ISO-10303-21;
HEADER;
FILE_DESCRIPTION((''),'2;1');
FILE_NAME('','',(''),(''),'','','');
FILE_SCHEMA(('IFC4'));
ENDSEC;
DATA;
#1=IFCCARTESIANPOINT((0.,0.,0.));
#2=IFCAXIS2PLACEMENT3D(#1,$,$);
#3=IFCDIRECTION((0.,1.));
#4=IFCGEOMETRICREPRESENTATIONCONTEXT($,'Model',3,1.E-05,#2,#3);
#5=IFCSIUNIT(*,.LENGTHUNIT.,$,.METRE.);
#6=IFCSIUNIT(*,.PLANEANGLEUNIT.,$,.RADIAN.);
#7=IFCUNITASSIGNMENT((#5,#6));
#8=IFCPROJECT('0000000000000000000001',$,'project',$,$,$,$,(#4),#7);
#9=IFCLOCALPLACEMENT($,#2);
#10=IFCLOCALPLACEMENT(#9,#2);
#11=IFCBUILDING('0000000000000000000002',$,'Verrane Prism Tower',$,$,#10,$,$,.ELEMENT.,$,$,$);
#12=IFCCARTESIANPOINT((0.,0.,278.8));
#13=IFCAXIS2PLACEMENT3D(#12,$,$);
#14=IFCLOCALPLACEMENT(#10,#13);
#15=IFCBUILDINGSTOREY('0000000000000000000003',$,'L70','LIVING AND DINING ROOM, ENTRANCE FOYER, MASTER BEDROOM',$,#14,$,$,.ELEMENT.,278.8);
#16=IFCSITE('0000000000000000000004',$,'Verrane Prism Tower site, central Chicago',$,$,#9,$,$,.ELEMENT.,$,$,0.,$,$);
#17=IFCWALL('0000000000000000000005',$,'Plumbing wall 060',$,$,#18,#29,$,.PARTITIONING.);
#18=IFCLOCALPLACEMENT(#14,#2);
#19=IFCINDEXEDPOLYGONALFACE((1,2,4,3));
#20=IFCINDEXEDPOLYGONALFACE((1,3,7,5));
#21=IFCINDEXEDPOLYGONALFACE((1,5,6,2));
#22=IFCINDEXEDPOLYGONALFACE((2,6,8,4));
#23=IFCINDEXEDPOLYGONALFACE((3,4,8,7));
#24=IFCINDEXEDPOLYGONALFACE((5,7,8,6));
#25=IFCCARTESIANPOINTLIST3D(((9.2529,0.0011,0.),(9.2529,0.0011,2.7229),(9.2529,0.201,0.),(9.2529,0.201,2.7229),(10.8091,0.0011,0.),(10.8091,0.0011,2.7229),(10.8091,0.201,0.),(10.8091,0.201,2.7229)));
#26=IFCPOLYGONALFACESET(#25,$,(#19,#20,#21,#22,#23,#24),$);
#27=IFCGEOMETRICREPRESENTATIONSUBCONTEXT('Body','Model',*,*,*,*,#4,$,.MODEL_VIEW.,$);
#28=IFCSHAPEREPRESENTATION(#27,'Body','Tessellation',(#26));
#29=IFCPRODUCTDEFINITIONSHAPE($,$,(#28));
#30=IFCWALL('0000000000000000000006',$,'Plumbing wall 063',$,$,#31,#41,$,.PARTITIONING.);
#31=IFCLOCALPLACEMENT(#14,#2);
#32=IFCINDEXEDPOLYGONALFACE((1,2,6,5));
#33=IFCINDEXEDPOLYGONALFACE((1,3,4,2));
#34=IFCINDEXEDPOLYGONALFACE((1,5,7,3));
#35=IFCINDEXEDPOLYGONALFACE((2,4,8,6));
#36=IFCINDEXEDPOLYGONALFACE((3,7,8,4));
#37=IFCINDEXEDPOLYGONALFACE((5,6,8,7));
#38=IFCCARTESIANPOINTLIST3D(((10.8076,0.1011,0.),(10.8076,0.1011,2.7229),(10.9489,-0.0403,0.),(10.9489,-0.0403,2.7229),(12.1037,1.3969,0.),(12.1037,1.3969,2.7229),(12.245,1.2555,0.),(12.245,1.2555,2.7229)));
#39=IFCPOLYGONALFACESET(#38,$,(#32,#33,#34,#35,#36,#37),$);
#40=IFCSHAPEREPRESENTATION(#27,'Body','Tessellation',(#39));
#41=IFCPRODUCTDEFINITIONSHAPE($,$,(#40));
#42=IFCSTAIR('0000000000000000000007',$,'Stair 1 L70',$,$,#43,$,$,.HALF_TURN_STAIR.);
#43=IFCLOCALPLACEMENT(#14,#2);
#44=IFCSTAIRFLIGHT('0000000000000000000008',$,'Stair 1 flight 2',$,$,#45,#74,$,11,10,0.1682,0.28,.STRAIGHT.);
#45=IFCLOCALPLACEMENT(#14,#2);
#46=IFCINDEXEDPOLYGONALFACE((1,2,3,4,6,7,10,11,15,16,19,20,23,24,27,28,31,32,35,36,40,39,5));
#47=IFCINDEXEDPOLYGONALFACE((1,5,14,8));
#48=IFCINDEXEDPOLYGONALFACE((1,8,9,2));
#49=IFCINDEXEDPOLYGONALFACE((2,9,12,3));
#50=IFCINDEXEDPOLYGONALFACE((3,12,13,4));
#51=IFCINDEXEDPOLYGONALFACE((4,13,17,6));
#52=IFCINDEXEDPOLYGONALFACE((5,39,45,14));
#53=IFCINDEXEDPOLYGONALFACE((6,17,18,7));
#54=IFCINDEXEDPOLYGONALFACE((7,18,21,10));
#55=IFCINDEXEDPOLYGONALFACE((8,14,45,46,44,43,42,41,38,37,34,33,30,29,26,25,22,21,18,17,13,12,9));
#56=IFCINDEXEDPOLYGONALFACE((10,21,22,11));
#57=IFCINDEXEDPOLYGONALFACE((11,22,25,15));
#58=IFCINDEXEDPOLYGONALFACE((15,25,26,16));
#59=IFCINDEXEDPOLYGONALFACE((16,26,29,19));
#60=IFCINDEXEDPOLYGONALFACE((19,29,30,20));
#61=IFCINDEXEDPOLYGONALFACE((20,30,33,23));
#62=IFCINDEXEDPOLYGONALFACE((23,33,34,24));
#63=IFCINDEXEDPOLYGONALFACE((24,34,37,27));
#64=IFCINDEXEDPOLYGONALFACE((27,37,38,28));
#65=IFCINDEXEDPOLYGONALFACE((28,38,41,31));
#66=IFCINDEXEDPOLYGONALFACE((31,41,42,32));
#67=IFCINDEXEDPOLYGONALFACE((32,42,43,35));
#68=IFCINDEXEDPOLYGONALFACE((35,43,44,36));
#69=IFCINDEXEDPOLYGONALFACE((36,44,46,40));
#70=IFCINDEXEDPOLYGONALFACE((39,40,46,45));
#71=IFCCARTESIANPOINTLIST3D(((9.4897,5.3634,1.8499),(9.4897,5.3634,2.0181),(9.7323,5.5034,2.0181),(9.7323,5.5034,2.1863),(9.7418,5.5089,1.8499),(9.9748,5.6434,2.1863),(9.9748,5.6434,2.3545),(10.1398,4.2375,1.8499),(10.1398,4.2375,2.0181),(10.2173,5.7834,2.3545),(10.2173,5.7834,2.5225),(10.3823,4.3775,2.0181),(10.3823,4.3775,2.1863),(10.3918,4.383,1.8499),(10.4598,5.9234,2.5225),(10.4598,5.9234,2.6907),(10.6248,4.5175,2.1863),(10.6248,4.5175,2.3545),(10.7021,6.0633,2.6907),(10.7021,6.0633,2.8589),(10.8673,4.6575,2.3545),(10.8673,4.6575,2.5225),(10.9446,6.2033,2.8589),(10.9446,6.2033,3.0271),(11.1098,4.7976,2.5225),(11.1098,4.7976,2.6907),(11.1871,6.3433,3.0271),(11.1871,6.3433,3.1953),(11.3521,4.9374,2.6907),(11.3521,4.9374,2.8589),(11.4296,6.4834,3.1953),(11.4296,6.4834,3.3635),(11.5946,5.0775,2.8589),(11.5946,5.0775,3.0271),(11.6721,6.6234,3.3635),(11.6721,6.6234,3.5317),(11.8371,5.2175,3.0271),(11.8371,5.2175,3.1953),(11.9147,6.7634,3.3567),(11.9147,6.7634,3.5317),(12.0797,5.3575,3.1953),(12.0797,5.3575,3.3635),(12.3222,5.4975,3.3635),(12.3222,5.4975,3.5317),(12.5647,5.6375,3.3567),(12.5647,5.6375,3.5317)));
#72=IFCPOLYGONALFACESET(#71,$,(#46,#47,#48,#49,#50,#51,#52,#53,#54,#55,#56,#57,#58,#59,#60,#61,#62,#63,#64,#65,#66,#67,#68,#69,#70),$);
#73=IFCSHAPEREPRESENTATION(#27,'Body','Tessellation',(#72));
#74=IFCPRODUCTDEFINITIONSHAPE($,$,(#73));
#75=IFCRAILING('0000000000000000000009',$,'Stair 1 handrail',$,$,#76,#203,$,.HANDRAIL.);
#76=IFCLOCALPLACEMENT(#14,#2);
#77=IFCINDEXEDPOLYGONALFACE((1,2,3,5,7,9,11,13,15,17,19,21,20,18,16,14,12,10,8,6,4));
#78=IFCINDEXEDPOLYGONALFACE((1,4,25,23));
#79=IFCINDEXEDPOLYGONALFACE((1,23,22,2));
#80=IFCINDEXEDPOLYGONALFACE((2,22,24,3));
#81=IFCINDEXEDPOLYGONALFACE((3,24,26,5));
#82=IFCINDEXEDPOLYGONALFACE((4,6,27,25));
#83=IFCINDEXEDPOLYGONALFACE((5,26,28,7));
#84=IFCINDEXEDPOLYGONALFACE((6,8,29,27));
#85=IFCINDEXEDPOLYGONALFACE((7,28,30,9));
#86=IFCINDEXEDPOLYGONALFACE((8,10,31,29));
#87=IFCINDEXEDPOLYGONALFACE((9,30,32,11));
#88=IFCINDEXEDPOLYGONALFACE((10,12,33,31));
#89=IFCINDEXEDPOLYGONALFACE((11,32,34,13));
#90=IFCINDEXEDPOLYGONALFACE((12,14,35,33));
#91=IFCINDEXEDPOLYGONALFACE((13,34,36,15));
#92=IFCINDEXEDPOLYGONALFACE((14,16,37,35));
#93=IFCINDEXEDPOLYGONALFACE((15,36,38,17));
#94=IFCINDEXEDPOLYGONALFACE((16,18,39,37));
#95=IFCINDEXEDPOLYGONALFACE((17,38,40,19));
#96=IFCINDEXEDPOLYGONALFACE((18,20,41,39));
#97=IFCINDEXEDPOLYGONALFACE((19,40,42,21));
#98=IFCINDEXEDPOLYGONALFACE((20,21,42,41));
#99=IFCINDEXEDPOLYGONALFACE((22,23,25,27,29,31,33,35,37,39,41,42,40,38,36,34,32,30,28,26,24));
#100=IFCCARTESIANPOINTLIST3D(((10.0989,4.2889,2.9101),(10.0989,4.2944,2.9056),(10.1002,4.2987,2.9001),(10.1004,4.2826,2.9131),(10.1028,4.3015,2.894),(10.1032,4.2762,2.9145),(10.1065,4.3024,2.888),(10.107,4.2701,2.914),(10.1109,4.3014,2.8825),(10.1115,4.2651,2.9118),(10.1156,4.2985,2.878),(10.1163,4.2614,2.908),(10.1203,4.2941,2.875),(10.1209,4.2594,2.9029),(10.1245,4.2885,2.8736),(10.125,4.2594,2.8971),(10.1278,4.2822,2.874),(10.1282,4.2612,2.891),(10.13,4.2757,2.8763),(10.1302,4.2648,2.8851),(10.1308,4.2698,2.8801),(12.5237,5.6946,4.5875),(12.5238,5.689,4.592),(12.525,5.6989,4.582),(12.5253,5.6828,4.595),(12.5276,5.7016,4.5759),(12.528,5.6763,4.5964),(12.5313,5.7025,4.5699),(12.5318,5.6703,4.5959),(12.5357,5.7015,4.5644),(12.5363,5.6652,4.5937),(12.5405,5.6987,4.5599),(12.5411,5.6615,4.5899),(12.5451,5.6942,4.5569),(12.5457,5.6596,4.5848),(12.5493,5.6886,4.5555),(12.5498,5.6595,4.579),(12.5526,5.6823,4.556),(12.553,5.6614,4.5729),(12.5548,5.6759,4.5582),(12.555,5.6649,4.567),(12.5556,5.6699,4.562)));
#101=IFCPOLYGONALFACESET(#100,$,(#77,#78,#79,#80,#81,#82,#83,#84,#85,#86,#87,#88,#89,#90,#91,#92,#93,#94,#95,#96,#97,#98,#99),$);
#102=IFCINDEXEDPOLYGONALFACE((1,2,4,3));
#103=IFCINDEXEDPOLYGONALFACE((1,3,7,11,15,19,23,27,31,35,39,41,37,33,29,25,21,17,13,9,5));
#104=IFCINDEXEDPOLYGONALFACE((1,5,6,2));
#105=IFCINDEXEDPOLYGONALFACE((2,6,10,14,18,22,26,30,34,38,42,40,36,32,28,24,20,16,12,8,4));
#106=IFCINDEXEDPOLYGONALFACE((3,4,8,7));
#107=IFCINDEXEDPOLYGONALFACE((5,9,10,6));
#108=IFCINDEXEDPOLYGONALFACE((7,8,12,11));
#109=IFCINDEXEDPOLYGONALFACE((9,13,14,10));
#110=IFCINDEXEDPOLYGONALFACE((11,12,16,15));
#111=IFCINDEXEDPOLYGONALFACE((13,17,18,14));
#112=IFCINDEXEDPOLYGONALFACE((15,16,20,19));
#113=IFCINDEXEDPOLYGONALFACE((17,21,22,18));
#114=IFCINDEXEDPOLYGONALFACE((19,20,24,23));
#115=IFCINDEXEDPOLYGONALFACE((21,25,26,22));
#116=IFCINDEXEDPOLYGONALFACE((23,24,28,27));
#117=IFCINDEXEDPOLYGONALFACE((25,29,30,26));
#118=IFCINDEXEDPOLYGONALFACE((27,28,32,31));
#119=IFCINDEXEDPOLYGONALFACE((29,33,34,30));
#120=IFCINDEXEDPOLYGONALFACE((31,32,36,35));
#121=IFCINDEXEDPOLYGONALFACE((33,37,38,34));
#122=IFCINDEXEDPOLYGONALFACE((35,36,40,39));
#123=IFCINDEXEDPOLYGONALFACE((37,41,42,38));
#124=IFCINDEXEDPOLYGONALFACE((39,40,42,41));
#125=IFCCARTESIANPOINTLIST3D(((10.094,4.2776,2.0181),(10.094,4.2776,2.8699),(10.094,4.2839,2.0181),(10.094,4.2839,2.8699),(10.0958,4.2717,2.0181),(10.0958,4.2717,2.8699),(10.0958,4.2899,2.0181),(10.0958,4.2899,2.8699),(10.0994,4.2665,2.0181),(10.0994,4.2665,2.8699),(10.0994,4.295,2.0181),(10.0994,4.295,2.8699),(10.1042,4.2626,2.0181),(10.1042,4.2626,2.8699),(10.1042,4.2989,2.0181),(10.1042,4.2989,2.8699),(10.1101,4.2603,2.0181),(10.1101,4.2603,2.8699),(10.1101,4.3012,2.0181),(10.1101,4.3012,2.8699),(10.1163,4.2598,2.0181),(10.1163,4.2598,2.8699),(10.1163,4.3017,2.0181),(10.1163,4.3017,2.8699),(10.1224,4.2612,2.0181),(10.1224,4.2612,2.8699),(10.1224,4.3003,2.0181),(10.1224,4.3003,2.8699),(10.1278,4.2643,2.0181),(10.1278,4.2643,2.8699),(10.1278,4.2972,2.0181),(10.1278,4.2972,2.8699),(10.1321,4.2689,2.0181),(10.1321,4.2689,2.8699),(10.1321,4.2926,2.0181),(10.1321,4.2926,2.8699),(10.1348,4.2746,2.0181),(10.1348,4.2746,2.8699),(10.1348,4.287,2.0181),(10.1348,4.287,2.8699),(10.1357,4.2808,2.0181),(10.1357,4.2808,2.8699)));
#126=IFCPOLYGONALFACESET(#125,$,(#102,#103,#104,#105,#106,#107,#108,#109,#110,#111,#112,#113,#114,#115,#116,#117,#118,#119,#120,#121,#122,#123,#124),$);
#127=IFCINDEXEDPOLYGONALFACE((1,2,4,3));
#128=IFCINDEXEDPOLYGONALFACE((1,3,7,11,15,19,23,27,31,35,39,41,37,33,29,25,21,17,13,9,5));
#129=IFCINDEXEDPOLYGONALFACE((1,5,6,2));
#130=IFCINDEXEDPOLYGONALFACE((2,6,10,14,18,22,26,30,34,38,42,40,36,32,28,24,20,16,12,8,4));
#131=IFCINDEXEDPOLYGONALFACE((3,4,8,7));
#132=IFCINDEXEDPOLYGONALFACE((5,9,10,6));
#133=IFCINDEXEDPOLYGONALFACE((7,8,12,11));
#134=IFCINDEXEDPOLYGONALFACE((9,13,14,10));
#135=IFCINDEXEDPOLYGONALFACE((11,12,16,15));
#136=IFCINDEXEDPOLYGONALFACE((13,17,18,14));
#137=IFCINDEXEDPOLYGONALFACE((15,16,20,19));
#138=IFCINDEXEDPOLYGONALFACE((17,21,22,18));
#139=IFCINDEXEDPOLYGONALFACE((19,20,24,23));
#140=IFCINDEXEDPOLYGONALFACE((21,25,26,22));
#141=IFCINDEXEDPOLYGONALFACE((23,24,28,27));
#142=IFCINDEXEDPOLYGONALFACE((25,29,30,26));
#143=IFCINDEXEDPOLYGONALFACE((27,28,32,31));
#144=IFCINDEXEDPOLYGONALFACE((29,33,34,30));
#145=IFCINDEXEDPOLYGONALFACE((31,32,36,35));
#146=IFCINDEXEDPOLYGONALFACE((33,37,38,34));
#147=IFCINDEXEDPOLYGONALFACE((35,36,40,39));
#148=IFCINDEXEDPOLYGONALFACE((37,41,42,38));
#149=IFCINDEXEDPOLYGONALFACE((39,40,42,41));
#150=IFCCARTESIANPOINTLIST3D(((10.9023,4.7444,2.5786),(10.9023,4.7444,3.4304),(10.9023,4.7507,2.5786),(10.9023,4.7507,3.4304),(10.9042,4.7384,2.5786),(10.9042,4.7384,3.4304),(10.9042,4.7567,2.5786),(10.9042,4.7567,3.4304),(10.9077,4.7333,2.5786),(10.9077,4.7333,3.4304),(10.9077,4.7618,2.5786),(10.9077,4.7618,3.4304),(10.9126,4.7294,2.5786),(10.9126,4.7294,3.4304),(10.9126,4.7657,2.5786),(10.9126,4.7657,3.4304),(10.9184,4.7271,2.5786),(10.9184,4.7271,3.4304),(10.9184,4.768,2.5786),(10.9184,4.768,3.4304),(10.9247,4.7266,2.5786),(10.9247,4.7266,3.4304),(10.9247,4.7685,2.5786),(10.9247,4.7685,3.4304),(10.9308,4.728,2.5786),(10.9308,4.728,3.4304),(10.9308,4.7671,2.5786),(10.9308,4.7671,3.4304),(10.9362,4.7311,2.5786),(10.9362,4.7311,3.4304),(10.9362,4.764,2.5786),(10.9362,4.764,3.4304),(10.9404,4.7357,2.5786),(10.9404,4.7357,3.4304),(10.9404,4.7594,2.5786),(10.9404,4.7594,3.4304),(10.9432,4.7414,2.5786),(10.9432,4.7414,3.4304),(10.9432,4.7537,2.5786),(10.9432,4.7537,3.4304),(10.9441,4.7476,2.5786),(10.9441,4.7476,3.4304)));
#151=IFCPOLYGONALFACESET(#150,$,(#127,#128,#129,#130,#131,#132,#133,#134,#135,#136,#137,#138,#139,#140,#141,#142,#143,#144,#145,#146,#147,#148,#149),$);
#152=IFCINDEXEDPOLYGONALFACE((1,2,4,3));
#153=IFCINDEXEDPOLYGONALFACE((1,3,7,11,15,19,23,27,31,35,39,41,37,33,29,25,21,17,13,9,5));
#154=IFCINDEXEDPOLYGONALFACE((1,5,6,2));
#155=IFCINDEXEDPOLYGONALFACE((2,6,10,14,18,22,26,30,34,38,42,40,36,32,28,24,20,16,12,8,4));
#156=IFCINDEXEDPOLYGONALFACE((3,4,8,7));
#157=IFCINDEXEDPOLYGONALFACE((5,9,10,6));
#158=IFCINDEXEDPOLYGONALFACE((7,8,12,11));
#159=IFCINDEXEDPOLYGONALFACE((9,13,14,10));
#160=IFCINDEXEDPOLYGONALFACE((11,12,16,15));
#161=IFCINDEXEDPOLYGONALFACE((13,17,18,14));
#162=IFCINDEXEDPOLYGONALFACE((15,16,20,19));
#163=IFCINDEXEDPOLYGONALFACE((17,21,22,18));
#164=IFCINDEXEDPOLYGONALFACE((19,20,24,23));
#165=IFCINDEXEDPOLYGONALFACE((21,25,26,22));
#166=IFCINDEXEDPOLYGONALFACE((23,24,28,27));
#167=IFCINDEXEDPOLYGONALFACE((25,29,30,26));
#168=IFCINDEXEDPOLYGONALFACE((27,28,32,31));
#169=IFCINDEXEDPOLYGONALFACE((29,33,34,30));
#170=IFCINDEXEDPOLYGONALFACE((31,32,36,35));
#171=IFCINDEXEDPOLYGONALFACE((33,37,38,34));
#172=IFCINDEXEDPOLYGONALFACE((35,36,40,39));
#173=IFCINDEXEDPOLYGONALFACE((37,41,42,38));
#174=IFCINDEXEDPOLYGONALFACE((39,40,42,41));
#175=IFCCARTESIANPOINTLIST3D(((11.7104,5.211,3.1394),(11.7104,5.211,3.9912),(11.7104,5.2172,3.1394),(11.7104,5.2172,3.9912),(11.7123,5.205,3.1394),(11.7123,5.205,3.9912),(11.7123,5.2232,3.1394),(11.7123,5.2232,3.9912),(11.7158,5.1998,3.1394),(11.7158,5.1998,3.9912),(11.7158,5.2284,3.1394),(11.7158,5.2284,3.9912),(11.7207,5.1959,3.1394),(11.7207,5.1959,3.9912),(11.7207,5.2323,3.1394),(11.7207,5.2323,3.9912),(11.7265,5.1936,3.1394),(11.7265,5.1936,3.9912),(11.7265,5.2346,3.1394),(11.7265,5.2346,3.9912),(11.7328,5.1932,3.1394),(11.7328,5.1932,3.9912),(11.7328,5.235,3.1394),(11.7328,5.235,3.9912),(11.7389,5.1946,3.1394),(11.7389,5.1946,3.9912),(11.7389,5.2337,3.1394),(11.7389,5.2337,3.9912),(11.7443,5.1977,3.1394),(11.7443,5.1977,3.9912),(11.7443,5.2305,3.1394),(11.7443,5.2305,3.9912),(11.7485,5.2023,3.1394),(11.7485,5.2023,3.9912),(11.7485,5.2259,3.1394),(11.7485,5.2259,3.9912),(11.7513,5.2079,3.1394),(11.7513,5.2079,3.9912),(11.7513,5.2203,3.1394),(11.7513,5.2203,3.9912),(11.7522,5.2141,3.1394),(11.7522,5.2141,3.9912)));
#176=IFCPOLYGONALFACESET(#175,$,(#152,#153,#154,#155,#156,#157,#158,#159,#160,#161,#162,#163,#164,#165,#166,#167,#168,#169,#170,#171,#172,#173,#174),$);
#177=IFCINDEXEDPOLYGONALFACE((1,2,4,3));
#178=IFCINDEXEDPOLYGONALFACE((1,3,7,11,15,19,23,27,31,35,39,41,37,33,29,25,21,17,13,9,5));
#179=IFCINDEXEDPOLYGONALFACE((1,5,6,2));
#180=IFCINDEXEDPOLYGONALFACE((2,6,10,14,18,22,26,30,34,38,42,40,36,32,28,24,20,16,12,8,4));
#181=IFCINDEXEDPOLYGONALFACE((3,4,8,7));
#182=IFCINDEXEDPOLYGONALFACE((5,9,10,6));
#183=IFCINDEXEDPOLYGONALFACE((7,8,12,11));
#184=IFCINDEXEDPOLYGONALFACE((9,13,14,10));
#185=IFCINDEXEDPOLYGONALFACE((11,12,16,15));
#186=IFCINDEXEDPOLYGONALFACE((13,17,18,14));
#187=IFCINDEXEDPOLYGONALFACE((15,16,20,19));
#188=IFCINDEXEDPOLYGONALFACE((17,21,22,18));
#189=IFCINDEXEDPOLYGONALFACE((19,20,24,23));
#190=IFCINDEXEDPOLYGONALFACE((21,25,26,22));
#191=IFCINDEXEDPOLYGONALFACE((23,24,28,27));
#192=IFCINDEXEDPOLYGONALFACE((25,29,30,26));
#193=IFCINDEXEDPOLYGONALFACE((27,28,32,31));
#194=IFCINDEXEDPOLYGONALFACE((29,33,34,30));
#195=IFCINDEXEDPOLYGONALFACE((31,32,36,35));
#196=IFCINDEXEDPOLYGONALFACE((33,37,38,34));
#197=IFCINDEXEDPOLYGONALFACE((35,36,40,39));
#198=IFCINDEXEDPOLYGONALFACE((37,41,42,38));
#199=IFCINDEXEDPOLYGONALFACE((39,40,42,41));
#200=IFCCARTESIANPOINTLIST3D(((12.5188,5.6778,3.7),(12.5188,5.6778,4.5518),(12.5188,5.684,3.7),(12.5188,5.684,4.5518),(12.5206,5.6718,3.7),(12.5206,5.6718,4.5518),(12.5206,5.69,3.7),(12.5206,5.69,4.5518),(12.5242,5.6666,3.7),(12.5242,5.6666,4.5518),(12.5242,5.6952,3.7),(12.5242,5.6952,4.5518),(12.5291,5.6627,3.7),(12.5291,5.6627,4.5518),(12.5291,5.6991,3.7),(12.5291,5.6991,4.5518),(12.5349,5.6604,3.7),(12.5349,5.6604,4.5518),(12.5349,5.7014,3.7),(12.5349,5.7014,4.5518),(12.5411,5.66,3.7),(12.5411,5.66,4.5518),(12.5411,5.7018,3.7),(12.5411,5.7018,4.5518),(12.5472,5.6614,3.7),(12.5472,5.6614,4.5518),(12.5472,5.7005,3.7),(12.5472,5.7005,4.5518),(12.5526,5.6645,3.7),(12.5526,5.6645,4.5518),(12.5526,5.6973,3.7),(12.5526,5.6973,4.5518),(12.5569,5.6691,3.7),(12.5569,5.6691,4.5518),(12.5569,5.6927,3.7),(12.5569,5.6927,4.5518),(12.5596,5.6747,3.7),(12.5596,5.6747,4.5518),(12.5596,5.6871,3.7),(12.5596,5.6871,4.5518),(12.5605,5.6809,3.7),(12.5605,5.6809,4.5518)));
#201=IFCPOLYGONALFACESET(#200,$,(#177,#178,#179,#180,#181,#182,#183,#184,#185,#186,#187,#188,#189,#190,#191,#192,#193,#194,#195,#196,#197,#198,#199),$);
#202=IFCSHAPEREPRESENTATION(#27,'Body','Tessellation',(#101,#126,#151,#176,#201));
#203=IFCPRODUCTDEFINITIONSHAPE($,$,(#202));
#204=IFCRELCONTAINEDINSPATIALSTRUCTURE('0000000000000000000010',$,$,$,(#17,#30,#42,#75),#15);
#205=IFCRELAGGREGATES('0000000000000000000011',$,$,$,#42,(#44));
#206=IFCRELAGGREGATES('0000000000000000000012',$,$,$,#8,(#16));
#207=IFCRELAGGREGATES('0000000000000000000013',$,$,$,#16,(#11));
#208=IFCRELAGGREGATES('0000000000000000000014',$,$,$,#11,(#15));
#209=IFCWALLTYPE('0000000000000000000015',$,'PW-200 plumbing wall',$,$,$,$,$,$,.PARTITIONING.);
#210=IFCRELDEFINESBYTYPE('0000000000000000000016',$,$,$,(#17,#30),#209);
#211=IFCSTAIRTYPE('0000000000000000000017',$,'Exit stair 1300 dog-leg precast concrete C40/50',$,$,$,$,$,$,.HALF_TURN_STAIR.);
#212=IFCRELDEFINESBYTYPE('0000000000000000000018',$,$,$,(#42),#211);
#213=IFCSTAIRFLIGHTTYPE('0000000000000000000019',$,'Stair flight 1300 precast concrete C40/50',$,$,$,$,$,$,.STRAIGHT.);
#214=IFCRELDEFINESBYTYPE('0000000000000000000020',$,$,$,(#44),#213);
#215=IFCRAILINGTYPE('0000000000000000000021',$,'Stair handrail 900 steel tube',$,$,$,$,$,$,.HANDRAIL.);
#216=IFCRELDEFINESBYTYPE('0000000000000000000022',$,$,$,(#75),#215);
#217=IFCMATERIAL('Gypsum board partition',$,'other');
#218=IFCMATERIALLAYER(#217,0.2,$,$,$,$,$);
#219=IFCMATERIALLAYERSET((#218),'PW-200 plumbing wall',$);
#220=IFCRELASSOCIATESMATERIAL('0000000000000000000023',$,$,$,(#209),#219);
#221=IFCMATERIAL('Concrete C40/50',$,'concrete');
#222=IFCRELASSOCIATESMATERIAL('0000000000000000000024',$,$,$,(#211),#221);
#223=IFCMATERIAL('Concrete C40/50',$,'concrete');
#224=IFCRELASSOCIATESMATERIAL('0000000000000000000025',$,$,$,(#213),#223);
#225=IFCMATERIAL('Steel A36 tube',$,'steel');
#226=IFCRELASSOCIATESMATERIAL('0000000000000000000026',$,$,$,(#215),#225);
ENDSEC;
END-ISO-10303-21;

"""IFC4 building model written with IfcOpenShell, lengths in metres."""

from ifc_helpers import new_model, si_unit, direction, frame, frame_2d, origin, origin_2d, place, context, subcontext, project, spatial, polyline, rectangle, circle, outline, extrude, material, layer, layer_set, type_object, element, aggregate, save


model = new_model("IFC4")

# Units and contexts
model_context = context("Model", 3, precision=1e-05, world=origin(), true_north=direction((0.0, 1.0)))
body_context = subcontext(model_context, "Body", "Model", "MODEL_VIEW")
ifc_project = project(units=[si_unit("LENGTHUNIT", "METRE"), si_unit("PLANEANGLEUNIT", "RADIAN")], contexts=[model_context])

# Site, building, storey
site_placement = place(None, origin())
site = spatial("IfcSite", under=ifc_project, at=site_placement, Name="Verrane Prism Tower site, central Chicago", CompositionType="ELEMENT", RefElevation=0.0)
building_placement = place(site_placement, origin())
building = spatial("IfcBuilding", under=site, at=building_placement, Name="Verrane Prism Tower", CompositionType="ELEMENT")
storey_placement = place(building_placement, frame((0.0, 0.0, 278.8)))
storey = spatial("IfcBuildingStorey", under=building, at=storey_placement, Name="L70", Description="LIVING AND DINING ROOM, ENTRANCE FOYER, MASTER BEDROOM", CompositionType="ELEMENT", Elevation=278.8)

# Walls
ifc_material_1 = material(Name="Gypsum board partition", Category="other")
ifc_layer_1 = layer(ifc_material_1, 0.2)
ifc_layer_set_1 = layer_set([ifc_layer_1], Name="PW-200 plumbing wall")
wall_type_1 = type_object("IfcWallType", Name="PW-200 plumbing wall", PredefinedType="PARTITIONING", material=ifc_layer_set_1)
wall_1_placement = place(storey_placement, frame((9.2529, 0.1011, 0.0), z_axis=(0.0, 0.0, 1.0), x_axis=(1.0, 0.0, 0.0)))
element("IfcWall", 1, at=wall_1_placement, inside=storey, type_object=wall_type_1, Name="Plumbing wall 060", PredefinedType="PARTITIONING", context=body_context, shape_type="SweptSolid", body=[
    extrude(rectangle(XDim=1.5562, YDim=0.2, at=frame_2d((0.7781, 0.0))), origin(), (0.0, 0.0, 1.0), 2.7229),
])
wall_2_placement = place(storey_placement, frame((10.8782, 0.0303, 0.0), z_axis=(0.0, 0.0, 1.0), x_axis=(0.707173, 0.70704, 0.0)))
element("IfcWall", 2, at=wall_2_placement, inside=storey, type_object=wall_type_1, Name="Plumbing wall 063", PredefinedType="PARTITIONING", context=body_context, shape_type="SweptSolid", body=[
    extrude(rectangle(XDim=1.8328, YDim=0.2, at=frame_2d((0.9165, 0.0))), origin(), (0.0, 0.0, 1.0), 2.7229),
])

# Stair, stair flight
ifc_material_2 = material(Name="Concrete C40/50", Category="concrete")
stair_type = type_object("IfcStairType", Name="Exit stair 1300 dog-leg precast concrete C40/50", PredefinedType="HALF_TURN_STAIR", material=ifc_material_2)
stair_placement = place(storey_placement, origin())
stair = element("IfcStair", 3, at=stair_placement, inside=storey, type_object=stair_type, Name="Stair 1 L70", PredefinedType="HALF_TURN_STAIR")
ifc_material_3 = material(Name="Concrete C40/50", Category="concrete")
stair_flight_type = type_object("IfcStairFlightType", Name="Stair flight 1300 precast concrete C40/50", PredefinedType="STRAIGHT", material=ifc_material_3)
stair_flight_placement = place(storey_placement, frame((9.8147, 4.8005, 1.8499), z_axis=(0.0, 0.0, 1.0), x_axis=(0.866025, 0.5, 0.0)))
stair_flight = element("IfcStairFlight", 4, at=stair_flight_placement, type_object=stair_flight_type, Name="Stair 1 flight 2", NumberOfRisers=11, NumberOfTreads=10, PredefinedType="STRAIGHT", RiserHeight=0.1682, TreadLength=0.28, context=body_context, shape_type="SweptSolid", body=[
    extrude(outline(polyline([(0.0, 0.0), (0.0, 0.1682), (0.28, 0.1682), (0.28, 0.3364), (0.5601, 0.3364), (0.5601, 0.5046), (0.8401, 0.5046), (0.8401, 0.6726), (1.1201, 0.6726), (1.1201, 0.8408), (1.3999, 0.8408), (1.3999, 1.009), (1.6799, 1.009), (1.6799, 1.1772), (1.96, 1.1772), (1.96, 1.3455), (2.24, 1.3455), (2.24, 1.5137), (2.52, 1.5137), (2.52, 1.6819), (2.8, 1.6819), (2.8, 1.8501), (2.8, 1.5068), (0.291, 0.0), (0.0, 0.0)])), frame((0.0, 0.6499, 0.0), z_axis=(0.0, -1.0, 0.0), x_axis=(1.0, 0.0, 0.0)), (0.0, 0.0, 1.0), 1.3),
])
aggregate(stair, [stair_flight])

# Railing
ifc_material_4 = material(Name="Steel A36 tube", Category="steel")
railing_type = type_object("IfcRailingType", Name="Stair handrail 900 steel tube", PredefinedType="HANDRAIL", material=ifc_material_4)
railing_placement = place(storey_placement, frame((10.1147, 4.2808, 2.0181)))
element("IfcRailing", 5, at=railing_placement, inside=storey, type_object=railing_type, Name="Stair 1 handrail", PredefinedType="HANDRAIL", context=body_context, shape_type="SweptSolid", body=[
    extrude(circle(Radius=0.0239, at=origin_2d()), frame((0.0, 0.0, 0.876), z_axis=(0.742367, 0.428662, 0.514918), x_axis=(-0.50005, 0.865997, 0.0)), (0.0, 0.0, 1.0), 3.2664),
    extrude(circle(Radius=0.021, at=origin_2d()), origin(), (0.0, 0.0, 1.0), 0.8518),
    extrude(circle(Radius=0.021, at=origin_2d()), frame((0.8083, 0.4668, 0.5605)), (0.0, 0.0, 1.0), 0.8518),
    extrude(circle(Radius=0.021, at=origin_2d()), frame((1.6165, 0.9333, 1.1213)), (0.0, 0.0, 1.0), 0.8518),
    extrude(circle(Radius=0.021, at=origin_2d()), frame((2.4248, 1.4001, 1.6819)), (0.0, 0.0, 1.0), 0.8518),
])

save(model, "model.ifc")
